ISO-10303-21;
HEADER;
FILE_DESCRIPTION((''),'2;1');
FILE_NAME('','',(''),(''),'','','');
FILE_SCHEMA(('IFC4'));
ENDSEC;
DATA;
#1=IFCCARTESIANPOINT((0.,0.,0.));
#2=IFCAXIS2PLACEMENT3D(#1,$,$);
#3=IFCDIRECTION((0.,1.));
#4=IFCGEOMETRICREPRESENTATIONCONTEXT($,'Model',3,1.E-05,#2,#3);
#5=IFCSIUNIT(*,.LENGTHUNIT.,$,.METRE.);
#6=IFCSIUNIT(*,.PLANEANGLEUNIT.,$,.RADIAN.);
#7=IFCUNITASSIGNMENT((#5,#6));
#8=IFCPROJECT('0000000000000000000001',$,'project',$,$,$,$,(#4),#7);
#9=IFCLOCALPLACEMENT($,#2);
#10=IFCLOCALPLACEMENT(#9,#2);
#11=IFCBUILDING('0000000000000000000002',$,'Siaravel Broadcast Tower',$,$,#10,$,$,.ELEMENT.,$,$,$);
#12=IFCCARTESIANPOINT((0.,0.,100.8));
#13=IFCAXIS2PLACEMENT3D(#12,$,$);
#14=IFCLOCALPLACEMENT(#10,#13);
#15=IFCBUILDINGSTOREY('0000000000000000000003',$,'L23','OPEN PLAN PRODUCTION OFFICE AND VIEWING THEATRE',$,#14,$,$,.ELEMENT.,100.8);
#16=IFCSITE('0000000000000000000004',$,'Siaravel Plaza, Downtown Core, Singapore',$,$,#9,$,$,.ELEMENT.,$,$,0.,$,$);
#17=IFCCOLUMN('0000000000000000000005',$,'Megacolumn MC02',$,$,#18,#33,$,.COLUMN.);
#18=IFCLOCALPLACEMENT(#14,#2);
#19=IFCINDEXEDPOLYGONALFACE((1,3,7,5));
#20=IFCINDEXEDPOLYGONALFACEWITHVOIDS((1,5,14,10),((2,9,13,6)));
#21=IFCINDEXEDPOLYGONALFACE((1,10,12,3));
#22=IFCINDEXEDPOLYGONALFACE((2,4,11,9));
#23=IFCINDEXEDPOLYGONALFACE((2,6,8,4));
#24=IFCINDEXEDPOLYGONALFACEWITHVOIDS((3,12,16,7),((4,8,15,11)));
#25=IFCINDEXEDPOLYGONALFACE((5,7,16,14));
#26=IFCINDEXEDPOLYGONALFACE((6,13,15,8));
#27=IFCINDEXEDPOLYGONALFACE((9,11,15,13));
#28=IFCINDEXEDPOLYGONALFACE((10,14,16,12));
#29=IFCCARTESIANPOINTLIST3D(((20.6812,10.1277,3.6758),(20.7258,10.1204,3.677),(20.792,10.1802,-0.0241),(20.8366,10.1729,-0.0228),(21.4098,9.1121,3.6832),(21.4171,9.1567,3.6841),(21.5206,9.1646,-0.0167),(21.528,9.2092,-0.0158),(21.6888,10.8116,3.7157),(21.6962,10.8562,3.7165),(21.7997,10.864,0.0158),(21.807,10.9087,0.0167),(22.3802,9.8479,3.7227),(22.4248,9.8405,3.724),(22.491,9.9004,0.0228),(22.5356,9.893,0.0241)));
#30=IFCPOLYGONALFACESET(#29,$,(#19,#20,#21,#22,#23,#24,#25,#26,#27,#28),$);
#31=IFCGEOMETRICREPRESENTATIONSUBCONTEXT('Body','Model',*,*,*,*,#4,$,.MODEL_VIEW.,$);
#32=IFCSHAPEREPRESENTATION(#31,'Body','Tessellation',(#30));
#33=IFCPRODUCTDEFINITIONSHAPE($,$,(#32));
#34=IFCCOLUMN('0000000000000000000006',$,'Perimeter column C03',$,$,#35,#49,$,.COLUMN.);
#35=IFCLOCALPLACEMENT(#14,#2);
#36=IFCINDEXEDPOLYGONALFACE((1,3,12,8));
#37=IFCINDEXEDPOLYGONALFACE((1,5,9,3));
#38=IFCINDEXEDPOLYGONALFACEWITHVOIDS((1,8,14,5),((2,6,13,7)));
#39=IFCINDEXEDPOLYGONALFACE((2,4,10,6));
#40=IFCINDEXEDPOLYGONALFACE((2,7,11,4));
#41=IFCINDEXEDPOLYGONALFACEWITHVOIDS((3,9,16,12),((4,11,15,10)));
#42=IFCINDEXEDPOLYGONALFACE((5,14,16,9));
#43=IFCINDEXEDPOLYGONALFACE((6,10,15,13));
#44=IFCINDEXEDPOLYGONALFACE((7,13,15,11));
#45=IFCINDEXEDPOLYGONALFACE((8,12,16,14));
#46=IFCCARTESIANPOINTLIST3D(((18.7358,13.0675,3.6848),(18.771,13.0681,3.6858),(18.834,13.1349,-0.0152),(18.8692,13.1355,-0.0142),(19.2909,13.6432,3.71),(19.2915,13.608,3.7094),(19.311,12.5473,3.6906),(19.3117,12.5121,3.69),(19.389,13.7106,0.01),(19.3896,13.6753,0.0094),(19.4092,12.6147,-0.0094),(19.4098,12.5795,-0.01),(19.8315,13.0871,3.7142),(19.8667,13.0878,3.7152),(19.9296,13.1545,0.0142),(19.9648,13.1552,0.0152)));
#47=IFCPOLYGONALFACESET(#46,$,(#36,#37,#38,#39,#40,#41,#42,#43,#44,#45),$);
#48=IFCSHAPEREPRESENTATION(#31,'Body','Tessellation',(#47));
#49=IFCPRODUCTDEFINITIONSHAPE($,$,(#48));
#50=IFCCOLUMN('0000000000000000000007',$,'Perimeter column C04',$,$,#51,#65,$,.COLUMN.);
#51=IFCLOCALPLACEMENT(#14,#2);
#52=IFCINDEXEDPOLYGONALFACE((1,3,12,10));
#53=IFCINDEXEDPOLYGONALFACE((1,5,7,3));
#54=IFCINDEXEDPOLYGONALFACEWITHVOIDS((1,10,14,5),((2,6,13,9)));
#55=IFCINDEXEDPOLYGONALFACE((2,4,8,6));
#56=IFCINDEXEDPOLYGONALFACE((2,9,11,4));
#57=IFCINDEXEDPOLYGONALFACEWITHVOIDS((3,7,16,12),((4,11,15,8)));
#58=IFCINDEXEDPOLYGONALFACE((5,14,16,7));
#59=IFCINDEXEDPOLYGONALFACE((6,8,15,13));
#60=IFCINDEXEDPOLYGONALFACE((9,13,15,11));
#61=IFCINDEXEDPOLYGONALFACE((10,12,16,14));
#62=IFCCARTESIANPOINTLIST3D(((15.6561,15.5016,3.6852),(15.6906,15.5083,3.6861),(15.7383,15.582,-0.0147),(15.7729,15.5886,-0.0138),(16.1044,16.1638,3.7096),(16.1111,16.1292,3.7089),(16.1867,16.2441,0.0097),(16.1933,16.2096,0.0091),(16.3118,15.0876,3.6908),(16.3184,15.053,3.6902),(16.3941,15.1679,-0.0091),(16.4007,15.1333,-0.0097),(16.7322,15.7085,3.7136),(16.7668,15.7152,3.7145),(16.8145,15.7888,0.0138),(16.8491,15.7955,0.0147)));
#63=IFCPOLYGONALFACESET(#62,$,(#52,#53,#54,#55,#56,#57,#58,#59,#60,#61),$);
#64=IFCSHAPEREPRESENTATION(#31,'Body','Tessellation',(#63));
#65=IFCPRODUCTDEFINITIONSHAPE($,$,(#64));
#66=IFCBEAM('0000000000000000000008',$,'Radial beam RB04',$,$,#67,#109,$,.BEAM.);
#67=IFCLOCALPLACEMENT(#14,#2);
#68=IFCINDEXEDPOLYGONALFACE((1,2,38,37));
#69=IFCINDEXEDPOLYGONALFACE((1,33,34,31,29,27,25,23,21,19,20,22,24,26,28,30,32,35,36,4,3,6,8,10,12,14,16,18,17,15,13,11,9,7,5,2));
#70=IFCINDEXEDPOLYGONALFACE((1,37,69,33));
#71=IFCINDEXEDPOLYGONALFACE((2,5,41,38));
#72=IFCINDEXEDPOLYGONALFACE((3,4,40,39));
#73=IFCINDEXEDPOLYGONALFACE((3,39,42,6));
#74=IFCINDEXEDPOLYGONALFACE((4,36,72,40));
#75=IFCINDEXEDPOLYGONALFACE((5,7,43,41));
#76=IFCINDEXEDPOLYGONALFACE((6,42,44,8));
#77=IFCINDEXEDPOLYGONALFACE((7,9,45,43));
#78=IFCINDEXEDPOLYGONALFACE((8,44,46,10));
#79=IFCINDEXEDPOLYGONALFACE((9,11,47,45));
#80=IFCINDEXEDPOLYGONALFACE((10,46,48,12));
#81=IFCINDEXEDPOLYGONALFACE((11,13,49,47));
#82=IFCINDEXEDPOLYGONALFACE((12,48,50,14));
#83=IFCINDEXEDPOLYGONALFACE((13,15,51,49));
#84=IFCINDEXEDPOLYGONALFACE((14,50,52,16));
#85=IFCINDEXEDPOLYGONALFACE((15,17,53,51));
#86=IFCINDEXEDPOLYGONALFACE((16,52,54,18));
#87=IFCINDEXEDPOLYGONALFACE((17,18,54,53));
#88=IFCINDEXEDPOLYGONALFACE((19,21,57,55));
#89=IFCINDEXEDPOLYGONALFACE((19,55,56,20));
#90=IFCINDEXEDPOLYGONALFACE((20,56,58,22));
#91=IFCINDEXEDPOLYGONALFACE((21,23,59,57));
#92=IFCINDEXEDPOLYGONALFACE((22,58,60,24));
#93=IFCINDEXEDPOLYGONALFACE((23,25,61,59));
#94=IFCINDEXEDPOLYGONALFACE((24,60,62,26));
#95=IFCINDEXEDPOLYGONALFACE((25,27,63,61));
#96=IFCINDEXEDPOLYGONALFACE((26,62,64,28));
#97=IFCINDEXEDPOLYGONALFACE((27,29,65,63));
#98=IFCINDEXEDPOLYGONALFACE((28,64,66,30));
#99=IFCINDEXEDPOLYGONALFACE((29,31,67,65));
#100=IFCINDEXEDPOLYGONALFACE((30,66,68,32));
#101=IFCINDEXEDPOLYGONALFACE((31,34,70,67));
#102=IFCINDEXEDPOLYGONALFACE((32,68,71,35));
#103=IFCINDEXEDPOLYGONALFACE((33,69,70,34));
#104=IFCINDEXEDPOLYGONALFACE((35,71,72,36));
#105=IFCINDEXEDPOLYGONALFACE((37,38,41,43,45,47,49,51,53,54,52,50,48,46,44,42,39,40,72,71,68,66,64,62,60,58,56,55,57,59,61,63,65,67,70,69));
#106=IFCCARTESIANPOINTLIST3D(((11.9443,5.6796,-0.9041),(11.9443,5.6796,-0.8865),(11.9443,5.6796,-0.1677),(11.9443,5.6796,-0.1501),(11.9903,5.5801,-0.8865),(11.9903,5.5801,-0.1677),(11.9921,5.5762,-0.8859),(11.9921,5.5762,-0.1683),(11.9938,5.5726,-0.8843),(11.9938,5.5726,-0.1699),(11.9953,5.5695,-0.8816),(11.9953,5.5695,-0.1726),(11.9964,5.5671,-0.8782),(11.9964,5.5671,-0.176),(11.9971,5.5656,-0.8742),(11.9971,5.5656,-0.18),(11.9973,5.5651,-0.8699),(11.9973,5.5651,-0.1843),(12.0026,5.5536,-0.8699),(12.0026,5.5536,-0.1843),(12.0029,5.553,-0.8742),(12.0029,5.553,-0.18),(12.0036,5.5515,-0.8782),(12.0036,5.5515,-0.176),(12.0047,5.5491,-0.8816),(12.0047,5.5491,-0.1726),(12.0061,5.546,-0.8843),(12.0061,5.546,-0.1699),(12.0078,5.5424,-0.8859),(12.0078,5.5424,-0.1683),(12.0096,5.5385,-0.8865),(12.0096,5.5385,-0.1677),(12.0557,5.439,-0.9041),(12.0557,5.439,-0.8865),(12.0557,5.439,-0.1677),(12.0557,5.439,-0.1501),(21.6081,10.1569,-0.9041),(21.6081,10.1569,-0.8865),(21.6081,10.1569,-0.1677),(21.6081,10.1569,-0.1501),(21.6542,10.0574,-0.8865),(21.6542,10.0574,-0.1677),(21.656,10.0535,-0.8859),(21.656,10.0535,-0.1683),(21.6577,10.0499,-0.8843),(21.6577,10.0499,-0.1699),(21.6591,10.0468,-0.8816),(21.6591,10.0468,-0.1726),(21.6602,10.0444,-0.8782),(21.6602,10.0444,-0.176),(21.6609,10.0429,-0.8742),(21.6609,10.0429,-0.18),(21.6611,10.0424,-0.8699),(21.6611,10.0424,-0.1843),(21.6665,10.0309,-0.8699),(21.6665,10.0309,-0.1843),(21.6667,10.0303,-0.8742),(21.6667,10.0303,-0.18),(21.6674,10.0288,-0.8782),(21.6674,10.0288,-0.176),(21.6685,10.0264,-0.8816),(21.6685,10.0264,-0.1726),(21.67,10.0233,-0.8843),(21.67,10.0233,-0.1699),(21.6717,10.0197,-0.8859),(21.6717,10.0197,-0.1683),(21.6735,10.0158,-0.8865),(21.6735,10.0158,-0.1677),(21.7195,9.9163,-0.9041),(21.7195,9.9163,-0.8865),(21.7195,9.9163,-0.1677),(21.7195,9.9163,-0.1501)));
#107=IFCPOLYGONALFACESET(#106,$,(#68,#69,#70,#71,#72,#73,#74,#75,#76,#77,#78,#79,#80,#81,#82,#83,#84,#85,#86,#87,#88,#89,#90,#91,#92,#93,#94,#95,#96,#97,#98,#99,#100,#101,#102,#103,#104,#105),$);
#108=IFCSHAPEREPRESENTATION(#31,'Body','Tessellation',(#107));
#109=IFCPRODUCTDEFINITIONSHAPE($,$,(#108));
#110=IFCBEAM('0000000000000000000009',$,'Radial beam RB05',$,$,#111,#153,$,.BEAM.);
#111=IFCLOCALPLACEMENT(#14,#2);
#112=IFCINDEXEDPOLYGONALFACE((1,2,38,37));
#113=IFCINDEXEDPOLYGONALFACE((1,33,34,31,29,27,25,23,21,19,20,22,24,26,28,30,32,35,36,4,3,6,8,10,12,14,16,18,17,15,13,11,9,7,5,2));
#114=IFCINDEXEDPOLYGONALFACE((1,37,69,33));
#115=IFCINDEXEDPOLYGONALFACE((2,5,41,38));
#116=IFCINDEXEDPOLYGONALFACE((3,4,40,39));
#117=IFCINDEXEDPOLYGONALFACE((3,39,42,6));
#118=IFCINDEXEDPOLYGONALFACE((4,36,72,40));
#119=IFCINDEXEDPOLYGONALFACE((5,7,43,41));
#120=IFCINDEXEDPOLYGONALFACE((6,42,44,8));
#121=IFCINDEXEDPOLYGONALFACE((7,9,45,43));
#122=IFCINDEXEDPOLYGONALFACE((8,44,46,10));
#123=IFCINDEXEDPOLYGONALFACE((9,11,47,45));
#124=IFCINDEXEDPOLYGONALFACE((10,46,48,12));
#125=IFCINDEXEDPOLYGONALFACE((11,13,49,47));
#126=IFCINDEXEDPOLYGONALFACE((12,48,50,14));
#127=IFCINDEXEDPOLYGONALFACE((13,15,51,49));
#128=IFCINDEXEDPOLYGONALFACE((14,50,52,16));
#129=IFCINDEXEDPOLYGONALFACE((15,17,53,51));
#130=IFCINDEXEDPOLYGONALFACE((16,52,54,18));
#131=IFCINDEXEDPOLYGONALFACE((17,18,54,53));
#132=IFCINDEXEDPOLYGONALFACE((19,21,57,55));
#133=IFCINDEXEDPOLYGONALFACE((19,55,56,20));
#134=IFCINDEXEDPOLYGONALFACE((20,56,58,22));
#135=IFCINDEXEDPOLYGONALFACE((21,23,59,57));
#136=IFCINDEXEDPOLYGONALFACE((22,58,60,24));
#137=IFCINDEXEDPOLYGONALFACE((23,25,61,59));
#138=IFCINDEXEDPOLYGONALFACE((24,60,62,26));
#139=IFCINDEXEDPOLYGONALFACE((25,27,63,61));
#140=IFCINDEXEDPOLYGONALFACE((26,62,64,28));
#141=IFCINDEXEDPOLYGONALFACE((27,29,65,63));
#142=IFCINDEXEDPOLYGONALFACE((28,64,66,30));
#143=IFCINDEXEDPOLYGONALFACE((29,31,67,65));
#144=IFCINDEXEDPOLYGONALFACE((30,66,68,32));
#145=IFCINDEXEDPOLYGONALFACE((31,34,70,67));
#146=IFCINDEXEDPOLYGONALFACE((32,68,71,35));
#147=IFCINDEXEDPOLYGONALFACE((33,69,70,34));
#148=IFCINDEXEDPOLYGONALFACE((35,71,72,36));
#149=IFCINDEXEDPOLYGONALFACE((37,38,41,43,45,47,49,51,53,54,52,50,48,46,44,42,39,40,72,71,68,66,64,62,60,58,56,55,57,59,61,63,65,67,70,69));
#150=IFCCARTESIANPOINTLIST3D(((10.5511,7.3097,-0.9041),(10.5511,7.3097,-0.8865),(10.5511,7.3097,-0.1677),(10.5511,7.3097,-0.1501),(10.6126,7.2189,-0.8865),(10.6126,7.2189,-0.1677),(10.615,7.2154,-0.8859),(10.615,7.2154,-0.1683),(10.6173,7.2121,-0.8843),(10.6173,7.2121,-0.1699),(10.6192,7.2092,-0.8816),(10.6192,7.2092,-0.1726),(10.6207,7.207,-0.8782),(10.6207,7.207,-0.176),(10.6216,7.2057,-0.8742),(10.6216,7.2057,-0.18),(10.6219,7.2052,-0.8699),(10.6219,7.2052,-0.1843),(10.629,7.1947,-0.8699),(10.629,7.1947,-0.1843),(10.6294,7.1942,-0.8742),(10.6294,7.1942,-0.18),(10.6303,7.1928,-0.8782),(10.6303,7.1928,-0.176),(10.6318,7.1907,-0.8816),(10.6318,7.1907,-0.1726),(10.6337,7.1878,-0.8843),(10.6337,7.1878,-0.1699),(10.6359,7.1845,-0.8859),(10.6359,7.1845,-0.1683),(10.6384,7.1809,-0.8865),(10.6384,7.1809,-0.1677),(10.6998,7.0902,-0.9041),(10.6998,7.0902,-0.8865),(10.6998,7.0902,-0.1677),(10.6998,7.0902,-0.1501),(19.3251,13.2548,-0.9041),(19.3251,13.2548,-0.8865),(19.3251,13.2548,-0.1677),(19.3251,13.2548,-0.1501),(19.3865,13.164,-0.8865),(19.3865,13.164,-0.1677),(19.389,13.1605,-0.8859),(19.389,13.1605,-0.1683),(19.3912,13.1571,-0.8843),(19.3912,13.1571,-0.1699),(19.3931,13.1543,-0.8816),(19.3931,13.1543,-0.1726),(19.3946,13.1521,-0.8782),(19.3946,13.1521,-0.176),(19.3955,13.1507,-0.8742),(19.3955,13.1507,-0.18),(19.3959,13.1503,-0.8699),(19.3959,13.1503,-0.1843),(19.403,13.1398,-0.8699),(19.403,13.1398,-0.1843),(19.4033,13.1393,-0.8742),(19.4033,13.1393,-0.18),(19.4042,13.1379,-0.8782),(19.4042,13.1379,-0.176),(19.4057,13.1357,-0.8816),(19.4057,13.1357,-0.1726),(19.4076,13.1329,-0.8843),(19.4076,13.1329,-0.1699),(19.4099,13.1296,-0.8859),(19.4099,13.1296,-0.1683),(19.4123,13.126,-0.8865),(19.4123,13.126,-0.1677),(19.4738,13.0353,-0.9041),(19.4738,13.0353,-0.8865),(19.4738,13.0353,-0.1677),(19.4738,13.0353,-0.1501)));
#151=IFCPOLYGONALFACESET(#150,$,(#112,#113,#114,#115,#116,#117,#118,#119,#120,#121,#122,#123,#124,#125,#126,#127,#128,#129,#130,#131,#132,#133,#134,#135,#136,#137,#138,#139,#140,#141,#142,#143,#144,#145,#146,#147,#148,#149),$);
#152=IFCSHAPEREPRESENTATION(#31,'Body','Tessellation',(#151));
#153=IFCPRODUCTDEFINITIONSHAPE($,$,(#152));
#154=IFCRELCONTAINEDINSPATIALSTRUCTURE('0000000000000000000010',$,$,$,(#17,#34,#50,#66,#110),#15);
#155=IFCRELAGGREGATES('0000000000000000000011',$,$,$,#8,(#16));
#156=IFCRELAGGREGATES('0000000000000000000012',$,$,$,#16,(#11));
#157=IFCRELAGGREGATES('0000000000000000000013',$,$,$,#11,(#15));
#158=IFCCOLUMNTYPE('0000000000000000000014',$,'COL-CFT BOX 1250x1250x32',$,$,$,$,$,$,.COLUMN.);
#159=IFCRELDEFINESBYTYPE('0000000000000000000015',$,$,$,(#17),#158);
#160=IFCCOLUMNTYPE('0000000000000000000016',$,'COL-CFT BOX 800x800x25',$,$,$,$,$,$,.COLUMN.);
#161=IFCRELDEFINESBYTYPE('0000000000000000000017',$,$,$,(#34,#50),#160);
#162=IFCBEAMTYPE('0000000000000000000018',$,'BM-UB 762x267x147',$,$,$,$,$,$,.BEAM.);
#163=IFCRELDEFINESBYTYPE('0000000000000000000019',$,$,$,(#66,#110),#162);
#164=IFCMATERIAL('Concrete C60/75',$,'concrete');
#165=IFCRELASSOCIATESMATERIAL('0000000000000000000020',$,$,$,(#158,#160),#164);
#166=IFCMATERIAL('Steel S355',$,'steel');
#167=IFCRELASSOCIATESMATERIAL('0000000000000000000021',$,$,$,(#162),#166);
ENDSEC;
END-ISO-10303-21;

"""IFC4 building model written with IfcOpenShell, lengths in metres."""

from ifc_helpers import new_model, si_unit, direction, frame, origin, origin_2d, place, context, subcontext, project, spatial, hollow_rectangle, i_section, extrude, material, material_profile, profile_set, type_object, element, save


model = new_model("IFC4")

# Units and contexts
model_context = context("Model", 3, precision=1e-05, world=origin(), true_north=direction((0.0, 1.0)))
body_context = subcontext(model_context, "Body", "Model", "MODEL_VIEW")
ifc_project = project(units=[si_unit("LENGTHUNIT", "METRE"), si_unit("PLANEANGLEUNIT", "RADIAN")], contexts=[model_context])

# Site, building, storey
site_placement = place(None, origin())
site = spatial("IfcSite", under=ifc_project, at=site_placement, Name="Siaravel Plaza, Downtown Core, Singapore", CompositionType="ELEMENT", RefElevation=0.0)
building_placement = place(site_placement, origin())
building = spatial("IfcBuilding", under=site, at=building_placement, Name="Siaravel Broadcast Tower", CompositionType="ELEMENT")
storey_placement = place(building_placement, frame((0.0, 0.0, 100.8)))
storey = spatial("IfcBuildingStorey", under=building, at=storey_placement, Name="L23", Description="OPEN PLAN PRODUCTION OFFICE AND VIEWING THEATRE", CompositionType="ELEMENT", Elevation=100.8)

# Columns
ifc_material_1 = material(Name="Concrete C60/75", Category="concrete")
ifc_material_profile_1 = material_profile(ifc_material_1, hollow_rectangle(XDim=1.25, YDim=1.25, WallThickness=0.032, at=origin_2d()))
ifc_profile_set_1 = profile_set([ifc_material_profile_1], Name="Concrete C60/75")
column_type_1 = type_object("IfcColumnType", Name="COL-CFT BOX 1250x1250x32", PredefinedType="COLUMN", material=ifc_profile_set_1)
column_1_placement = place(storey_placement, frame((21.6638, 10.0366, 0.0), z_axis=(-0.029941, -0.014179, 0.999451), x_axis=(0.582896, -0.812525, 0.005935)))
element("IfcColumn", 1, at=column_1_placement, inside=storey, type_object=column_type_1, Name="Megacolumn MC02", PredefinedType="COLUMN", context=body_context, shape_type="SweptSolid", body=[
    extrude(hollow_rectangle(XDim=1.25, YDim=1.25, WallThickness=0.032, at=origin_2d()), origin(), (0.0, 0.0, 1.0), 3.7019),
])
ifc_material_profile_2 = material_profile(ifc_material_1, hollow_rectangle(XDim=0.8, YDim=0.8, WallThickness=0.0249, at=origin_2d()))
ifc_profile_set_2 = profile_set([ifc_material_profile_2], Name="Concrete C60/75")
column_type_2 = type_object("IfcColumnType", Name="COL-CFT BOX 800x800x25", PredefinedType="COLUMN", material=ifc_profile_set_2)
column_2_placement = place(storey_placement, frame((19.3994, 13.145, 0.0), z_axis=(-0.026512, -0.018202, 0.999483), x_axis=(0.719754, -0.694199, 0.006449)))
element("IfcColumn", 2, at=column_2_placement, inside=storey, type_object=column_type_2, Name="Perimeter column C03", PredefinedType="COLUMN", context=body_context, shape_type="SweptSolid", body=[
    extrude(hollow_rectangle(XDim=0.8, YDim=0.8, WallThickness=0.0249, at=origin_2d()), origin(), (0.0, 0.0, 1.0), 3.7019),
])
column_3_placement = place(storey_placement, frame((16.2937, 15.6887, 0.0), z_axis=(-0.022226, -0.021699, 0.999517), x_axis=(0.82793, -0.560796, 0.006236)))
element("IfcColumn", 3, at=column_3_placement, inside=storey, type_object=column_type_2, Name="Perimeter column C04", PredefinedType="COLUMN", context=body_context, shape_type="SweptSolid", body=[
    extrude(hollow_rectangle(XDim=0.8, YDim=0.8, WallThickness=0.0249, at=origin_2d()), origin(), (0.0, 0.0, 1.0), 3.7017),
])

# Beams
ifc_material_2 = material(Name="Steel S355", Category="steel")
ifc_material_profile_3 = material_profile(ifc_material_2, i_section(OverallWidth=0.2651, OverallDepth=0.7539, WebThickness=0.0127, FlangeThickness=0.0176, FilletRadius=0.0166, at=origin_2d()))
ifc_profile_set_3 = profile_set([ifc_material_profile_3], Name="Steel S355")
beam_type = type_object("IfcBeamType", Name="BM-UB 762x267x147", PredefinedType="BEAM", material=ifc_profile_set_3)
beam_1_placement = place(storey_placement, frame((21.6638, 10.0366, -0.5271), z_axis=(-0.907349, -0.420379, 0.0), x_axis=(0.420379, -0.907349, 0.0)))
element("IfcBeam", 4, at=beam_1_placement, inside=storey, type_object=beam_type, Name="Radial beam RB04", PredefinedType="BEAM", context=body_context, shape_type="SweptSolid", body=[
    extrude(i_section(OverallWidth=0.2651, OverallDepth=0.7539, WebThickness=0.0127, FlangeThickness=0.0176, FilletRadius=0.0166, at=origin_2d()), origin(), (0.0, 0.0, 1.0), 10.6506),
])
beam_2_placement = place(storey_placement, frame((19.3994, 13.145, -0.5271), z_axis=(-0.827856, -0.560941, 0.0), x_axis=(0.560941, -0.827856, 0.0)))
element("IfcBeam", 5, at=beam_2_placement, inside=storey, type_object=beam_type, Name="Radial beam RB05", PredefinedType="BEAM", context=body_context, shape_type="SweptSolid", body=[
    extrude(i_section(OverallWidth=0.2651, OverallDepth=0.7539, WebThickness=0.0127, FlangeThickness=0.0176, FilletRadius=0.0166, at=origin_2d()), origin(), (0.0, 0.0, 1.0), 10.5984),
])

save(model, "model.ifc")
